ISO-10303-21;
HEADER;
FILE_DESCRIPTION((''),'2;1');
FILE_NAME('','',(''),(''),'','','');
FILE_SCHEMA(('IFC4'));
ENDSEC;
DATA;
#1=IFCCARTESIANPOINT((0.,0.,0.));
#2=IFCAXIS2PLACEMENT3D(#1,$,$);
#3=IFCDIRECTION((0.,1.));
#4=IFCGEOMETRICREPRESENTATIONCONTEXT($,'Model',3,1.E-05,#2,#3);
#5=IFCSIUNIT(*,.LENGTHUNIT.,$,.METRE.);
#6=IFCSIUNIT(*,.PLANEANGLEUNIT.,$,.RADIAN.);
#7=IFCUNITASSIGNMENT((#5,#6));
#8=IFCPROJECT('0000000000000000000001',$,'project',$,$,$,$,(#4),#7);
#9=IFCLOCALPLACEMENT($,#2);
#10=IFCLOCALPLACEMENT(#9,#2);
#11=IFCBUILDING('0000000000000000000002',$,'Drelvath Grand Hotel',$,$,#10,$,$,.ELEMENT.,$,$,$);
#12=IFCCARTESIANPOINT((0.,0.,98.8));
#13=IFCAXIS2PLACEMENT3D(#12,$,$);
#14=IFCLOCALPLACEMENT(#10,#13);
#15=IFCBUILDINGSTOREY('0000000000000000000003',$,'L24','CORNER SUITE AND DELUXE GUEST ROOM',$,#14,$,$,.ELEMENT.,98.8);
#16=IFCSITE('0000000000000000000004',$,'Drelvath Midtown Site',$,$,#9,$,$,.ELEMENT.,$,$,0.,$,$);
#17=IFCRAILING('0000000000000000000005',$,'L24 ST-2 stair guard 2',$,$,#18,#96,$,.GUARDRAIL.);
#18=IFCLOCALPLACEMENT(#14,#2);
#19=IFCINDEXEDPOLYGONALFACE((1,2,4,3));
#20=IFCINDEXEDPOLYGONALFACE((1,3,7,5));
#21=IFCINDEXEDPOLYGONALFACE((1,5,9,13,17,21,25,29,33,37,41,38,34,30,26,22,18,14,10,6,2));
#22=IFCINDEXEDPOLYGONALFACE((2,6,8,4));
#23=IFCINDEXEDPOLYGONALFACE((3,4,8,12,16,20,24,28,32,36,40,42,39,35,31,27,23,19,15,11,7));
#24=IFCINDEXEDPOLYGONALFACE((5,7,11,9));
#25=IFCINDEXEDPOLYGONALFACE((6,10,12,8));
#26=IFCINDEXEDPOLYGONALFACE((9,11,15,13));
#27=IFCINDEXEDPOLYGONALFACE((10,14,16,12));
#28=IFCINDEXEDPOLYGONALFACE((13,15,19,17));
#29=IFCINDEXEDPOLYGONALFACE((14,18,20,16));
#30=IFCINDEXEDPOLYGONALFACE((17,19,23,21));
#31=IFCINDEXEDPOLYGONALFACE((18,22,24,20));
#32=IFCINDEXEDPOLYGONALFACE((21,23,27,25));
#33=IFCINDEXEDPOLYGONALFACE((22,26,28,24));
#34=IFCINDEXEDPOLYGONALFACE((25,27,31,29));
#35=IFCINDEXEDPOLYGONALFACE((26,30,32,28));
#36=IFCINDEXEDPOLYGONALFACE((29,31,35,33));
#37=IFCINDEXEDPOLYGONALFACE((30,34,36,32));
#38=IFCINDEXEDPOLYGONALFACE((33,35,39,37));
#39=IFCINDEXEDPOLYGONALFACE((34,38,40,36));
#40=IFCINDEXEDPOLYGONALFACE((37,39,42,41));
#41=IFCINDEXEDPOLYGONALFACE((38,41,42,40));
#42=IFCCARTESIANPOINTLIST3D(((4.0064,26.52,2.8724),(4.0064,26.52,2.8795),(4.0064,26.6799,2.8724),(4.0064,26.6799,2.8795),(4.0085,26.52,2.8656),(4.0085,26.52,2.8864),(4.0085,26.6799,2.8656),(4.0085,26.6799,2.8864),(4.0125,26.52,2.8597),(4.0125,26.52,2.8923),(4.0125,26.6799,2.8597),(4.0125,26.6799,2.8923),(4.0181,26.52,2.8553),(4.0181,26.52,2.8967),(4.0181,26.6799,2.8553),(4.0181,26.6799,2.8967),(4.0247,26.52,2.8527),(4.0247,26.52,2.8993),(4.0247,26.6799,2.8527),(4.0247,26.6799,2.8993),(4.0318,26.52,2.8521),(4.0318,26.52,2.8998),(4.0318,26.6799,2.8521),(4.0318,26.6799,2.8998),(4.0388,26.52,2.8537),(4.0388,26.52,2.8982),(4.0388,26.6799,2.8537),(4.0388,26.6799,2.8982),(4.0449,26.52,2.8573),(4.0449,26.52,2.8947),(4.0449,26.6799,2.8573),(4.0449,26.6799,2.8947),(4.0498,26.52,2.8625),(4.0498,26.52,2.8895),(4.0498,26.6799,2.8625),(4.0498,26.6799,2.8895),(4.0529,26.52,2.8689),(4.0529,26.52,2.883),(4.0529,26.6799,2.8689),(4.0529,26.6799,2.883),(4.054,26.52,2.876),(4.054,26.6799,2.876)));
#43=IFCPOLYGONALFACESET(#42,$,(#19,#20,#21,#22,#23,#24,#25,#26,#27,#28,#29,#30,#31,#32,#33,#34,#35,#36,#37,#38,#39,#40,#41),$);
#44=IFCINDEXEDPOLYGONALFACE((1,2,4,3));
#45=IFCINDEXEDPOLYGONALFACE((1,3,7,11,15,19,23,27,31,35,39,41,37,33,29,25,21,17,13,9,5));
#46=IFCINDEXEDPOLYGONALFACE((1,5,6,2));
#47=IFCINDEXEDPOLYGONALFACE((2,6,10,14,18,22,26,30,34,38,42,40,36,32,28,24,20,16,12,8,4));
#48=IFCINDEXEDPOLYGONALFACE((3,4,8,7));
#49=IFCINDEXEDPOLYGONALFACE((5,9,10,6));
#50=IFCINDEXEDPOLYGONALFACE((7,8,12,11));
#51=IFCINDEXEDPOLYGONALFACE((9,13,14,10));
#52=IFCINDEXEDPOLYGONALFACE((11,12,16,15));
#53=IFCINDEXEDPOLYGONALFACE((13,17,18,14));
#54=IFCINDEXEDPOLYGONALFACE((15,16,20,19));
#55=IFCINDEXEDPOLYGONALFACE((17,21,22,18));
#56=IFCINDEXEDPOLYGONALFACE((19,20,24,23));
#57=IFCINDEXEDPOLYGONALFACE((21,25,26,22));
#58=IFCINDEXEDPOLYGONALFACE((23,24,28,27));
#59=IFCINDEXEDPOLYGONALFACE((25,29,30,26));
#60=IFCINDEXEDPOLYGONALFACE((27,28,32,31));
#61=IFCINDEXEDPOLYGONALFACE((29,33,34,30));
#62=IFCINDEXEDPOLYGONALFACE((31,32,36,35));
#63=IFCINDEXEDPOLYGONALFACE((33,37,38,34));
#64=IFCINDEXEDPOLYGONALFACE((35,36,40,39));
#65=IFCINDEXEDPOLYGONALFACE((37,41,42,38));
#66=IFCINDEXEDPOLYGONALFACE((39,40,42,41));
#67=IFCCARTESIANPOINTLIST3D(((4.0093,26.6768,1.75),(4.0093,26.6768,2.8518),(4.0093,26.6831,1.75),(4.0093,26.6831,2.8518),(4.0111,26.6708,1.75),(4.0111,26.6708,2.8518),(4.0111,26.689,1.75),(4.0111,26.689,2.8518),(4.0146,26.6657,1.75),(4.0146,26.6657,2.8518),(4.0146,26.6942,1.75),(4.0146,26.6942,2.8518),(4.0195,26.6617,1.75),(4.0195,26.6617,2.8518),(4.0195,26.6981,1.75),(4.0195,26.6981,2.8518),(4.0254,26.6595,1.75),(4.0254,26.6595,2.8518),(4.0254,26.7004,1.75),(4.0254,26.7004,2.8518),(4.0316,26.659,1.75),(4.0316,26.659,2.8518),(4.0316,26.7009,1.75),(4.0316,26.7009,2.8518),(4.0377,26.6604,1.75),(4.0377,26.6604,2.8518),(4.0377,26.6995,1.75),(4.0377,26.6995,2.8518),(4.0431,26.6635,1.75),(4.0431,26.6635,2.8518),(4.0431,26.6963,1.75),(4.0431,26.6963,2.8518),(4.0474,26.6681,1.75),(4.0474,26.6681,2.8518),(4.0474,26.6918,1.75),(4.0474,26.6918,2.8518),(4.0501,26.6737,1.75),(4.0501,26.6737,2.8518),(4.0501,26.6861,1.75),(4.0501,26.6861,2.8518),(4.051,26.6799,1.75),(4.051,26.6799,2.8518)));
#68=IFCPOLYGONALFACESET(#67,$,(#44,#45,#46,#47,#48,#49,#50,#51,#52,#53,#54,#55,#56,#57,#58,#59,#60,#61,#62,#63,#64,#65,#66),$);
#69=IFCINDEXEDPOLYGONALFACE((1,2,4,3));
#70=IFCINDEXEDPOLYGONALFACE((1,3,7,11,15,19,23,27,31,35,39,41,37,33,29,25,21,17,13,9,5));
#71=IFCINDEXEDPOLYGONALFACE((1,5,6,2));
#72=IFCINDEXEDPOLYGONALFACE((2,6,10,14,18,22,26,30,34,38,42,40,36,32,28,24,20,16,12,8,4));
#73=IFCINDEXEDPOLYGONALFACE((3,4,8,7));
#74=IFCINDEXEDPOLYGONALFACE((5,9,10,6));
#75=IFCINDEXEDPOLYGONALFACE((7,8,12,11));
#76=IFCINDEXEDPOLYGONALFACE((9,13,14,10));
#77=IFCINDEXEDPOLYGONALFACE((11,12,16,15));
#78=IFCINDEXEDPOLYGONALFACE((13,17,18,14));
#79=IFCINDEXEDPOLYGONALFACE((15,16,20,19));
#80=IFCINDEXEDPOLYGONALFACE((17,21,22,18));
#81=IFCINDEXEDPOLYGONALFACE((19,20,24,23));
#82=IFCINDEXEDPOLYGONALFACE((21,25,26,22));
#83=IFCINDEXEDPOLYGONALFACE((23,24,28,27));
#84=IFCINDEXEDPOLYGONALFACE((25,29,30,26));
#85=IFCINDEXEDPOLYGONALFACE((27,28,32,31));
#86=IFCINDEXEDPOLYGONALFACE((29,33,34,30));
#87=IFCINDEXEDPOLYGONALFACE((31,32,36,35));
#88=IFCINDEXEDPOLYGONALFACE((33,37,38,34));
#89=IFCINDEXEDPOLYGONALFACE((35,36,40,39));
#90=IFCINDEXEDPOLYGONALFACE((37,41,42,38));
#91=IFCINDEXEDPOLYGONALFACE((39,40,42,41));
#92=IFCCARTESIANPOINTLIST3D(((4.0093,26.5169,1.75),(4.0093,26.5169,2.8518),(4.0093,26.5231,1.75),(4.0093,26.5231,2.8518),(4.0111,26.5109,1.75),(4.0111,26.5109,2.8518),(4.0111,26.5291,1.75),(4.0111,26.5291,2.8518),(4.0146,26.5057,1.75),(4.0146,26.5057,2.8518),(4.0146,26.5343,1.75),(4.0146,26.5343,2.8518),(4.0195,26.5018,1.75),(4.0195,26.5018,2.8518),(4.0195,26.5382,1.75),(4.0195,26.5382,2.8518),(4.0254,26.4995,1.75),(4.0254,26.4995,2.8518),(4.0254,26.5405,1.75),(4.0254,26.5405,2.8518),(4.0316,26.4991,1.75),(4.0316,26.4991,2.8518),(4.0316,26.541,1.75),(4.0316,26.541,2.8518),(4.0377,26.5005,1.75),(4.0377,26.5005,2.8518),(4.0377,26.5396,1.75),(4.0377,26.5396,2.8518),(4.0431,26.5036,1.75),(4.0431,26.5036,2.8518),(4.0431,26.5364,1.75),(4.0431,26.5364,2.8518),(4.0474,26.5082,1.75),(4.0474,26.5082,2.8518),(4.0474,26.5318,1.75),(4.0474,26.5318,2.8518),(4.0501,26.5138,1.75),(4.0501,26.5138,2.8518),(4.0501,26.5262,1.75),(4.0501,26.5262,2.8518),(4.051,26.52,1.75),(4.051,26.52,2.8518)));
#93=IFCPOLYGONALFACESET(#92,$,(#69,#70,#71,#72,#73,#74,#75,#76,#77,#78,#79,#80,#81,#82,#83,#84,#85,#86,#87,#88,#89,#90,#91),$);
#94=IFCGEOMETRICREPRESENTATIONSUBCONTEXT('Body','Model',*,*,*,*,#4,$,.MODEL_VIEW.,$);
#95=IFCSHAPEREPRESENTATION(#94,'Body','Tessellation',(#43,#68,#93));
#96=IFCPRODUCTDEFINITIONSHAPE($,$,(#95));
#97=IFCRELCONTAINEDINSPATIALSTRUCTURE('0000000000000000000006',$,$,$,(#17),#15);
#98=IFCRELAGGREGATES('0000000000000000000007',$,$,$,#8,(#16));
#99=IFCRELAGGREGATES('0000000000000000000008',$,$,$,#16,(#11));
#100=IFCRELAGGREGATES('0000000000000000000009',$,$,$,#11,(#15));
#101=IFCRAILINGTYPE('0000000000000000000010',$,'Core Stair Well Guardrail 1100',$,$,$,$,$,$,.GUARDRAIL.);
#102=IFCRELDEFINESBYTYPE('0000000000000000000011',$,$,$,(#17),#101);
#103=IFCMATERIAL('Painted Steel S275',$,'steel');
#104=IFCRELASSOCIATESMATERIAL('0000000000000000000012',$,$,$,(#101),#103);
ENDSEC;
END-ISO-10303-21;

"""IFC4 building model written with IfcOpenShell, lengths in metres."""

from ifc_helpers import new_model, si_unit, direction, frame, origin, origin_2d, place, context, subcontext, project, spatial, circle, extrude, material, type_object, element, save


model = new_model("IFC4")

# Units and contexts
model_context = context("Model", 3, precision=1e-05, world=origin(), true_north=direction((0.0, 1.0)))
body_context = subcontext(model_context, "Body", "Model", "MODEL_VIEW")
ifc_project = project(units=[si_unit("LENGTHUNIT", "METRE"), si_unit("PLANEANGLEUNIT", "RADIAN")], contexts=[model_context])

# Site, building, storey
site_placement = place(None, origin())
site = spatial("IfcSite", under=ifc_project, at=site_placement, Name="Drelvath Midtown Site", CompositionType="ELEMENT", RefElevation=0.0)
building_placement = place(site_placement, origin())
building = spatial("IfcBuilding", under=site, at=building_placement, Name="Drelvath Grand Hotel", CompositionType="ELEMENT")
storey_placement = place(building_placement, frame((0.0, 0.0, 98.8)))
storey = spatial("IfcBuildingStorey", under=building, at=storey_placement, Name="L24", Description="CORNER SUITE AND DELUXE GUEST ROOM", CompositionType="ELEMENT", Elevation=98.8)

# Railing
ifc_material_1 = material(Name="Painted Steel S275", Category="steel")
railing_type_1 = type_object("IfcRailingType", Name="Core Stair Well Guardrail 1100", PredefinedType="GUARDRAIL", material=ifc_material_1)
railing_1_placement = place(storey_placement, frame((4.03, 26.6799, 1.75)))
element("IfcRailing", 1, at=railing_1_placement, inside=storey, type_object=railing_type_1, Name="L24 ST-2 stair guard 2", PredefinedType="GUARDRAIL", context=body_context, shape_type="SweptSolid", body=[
    extrude(circle(Radius=0.0239, at=origin_2d()), frame((0.0, 0.0, 1.126), z_axis=(0.0, -1.0, 0.0), x_axis=(1.0, 0.0, 0.0)), (0.0, 0.0, 1.0), 0.1599),
    extrude(circle(Radius=0.021, at=origin_2d()), origin(), (0.0, 0.0, 1.0), 1.1018),
    extrude(circle(Radius=0.021, at=origin_2d()), frame((0.0, -0.1599, 0.0)), (0.0, 0.0, 1.0), 1.1018),
])

save(model, "model.ifc")
